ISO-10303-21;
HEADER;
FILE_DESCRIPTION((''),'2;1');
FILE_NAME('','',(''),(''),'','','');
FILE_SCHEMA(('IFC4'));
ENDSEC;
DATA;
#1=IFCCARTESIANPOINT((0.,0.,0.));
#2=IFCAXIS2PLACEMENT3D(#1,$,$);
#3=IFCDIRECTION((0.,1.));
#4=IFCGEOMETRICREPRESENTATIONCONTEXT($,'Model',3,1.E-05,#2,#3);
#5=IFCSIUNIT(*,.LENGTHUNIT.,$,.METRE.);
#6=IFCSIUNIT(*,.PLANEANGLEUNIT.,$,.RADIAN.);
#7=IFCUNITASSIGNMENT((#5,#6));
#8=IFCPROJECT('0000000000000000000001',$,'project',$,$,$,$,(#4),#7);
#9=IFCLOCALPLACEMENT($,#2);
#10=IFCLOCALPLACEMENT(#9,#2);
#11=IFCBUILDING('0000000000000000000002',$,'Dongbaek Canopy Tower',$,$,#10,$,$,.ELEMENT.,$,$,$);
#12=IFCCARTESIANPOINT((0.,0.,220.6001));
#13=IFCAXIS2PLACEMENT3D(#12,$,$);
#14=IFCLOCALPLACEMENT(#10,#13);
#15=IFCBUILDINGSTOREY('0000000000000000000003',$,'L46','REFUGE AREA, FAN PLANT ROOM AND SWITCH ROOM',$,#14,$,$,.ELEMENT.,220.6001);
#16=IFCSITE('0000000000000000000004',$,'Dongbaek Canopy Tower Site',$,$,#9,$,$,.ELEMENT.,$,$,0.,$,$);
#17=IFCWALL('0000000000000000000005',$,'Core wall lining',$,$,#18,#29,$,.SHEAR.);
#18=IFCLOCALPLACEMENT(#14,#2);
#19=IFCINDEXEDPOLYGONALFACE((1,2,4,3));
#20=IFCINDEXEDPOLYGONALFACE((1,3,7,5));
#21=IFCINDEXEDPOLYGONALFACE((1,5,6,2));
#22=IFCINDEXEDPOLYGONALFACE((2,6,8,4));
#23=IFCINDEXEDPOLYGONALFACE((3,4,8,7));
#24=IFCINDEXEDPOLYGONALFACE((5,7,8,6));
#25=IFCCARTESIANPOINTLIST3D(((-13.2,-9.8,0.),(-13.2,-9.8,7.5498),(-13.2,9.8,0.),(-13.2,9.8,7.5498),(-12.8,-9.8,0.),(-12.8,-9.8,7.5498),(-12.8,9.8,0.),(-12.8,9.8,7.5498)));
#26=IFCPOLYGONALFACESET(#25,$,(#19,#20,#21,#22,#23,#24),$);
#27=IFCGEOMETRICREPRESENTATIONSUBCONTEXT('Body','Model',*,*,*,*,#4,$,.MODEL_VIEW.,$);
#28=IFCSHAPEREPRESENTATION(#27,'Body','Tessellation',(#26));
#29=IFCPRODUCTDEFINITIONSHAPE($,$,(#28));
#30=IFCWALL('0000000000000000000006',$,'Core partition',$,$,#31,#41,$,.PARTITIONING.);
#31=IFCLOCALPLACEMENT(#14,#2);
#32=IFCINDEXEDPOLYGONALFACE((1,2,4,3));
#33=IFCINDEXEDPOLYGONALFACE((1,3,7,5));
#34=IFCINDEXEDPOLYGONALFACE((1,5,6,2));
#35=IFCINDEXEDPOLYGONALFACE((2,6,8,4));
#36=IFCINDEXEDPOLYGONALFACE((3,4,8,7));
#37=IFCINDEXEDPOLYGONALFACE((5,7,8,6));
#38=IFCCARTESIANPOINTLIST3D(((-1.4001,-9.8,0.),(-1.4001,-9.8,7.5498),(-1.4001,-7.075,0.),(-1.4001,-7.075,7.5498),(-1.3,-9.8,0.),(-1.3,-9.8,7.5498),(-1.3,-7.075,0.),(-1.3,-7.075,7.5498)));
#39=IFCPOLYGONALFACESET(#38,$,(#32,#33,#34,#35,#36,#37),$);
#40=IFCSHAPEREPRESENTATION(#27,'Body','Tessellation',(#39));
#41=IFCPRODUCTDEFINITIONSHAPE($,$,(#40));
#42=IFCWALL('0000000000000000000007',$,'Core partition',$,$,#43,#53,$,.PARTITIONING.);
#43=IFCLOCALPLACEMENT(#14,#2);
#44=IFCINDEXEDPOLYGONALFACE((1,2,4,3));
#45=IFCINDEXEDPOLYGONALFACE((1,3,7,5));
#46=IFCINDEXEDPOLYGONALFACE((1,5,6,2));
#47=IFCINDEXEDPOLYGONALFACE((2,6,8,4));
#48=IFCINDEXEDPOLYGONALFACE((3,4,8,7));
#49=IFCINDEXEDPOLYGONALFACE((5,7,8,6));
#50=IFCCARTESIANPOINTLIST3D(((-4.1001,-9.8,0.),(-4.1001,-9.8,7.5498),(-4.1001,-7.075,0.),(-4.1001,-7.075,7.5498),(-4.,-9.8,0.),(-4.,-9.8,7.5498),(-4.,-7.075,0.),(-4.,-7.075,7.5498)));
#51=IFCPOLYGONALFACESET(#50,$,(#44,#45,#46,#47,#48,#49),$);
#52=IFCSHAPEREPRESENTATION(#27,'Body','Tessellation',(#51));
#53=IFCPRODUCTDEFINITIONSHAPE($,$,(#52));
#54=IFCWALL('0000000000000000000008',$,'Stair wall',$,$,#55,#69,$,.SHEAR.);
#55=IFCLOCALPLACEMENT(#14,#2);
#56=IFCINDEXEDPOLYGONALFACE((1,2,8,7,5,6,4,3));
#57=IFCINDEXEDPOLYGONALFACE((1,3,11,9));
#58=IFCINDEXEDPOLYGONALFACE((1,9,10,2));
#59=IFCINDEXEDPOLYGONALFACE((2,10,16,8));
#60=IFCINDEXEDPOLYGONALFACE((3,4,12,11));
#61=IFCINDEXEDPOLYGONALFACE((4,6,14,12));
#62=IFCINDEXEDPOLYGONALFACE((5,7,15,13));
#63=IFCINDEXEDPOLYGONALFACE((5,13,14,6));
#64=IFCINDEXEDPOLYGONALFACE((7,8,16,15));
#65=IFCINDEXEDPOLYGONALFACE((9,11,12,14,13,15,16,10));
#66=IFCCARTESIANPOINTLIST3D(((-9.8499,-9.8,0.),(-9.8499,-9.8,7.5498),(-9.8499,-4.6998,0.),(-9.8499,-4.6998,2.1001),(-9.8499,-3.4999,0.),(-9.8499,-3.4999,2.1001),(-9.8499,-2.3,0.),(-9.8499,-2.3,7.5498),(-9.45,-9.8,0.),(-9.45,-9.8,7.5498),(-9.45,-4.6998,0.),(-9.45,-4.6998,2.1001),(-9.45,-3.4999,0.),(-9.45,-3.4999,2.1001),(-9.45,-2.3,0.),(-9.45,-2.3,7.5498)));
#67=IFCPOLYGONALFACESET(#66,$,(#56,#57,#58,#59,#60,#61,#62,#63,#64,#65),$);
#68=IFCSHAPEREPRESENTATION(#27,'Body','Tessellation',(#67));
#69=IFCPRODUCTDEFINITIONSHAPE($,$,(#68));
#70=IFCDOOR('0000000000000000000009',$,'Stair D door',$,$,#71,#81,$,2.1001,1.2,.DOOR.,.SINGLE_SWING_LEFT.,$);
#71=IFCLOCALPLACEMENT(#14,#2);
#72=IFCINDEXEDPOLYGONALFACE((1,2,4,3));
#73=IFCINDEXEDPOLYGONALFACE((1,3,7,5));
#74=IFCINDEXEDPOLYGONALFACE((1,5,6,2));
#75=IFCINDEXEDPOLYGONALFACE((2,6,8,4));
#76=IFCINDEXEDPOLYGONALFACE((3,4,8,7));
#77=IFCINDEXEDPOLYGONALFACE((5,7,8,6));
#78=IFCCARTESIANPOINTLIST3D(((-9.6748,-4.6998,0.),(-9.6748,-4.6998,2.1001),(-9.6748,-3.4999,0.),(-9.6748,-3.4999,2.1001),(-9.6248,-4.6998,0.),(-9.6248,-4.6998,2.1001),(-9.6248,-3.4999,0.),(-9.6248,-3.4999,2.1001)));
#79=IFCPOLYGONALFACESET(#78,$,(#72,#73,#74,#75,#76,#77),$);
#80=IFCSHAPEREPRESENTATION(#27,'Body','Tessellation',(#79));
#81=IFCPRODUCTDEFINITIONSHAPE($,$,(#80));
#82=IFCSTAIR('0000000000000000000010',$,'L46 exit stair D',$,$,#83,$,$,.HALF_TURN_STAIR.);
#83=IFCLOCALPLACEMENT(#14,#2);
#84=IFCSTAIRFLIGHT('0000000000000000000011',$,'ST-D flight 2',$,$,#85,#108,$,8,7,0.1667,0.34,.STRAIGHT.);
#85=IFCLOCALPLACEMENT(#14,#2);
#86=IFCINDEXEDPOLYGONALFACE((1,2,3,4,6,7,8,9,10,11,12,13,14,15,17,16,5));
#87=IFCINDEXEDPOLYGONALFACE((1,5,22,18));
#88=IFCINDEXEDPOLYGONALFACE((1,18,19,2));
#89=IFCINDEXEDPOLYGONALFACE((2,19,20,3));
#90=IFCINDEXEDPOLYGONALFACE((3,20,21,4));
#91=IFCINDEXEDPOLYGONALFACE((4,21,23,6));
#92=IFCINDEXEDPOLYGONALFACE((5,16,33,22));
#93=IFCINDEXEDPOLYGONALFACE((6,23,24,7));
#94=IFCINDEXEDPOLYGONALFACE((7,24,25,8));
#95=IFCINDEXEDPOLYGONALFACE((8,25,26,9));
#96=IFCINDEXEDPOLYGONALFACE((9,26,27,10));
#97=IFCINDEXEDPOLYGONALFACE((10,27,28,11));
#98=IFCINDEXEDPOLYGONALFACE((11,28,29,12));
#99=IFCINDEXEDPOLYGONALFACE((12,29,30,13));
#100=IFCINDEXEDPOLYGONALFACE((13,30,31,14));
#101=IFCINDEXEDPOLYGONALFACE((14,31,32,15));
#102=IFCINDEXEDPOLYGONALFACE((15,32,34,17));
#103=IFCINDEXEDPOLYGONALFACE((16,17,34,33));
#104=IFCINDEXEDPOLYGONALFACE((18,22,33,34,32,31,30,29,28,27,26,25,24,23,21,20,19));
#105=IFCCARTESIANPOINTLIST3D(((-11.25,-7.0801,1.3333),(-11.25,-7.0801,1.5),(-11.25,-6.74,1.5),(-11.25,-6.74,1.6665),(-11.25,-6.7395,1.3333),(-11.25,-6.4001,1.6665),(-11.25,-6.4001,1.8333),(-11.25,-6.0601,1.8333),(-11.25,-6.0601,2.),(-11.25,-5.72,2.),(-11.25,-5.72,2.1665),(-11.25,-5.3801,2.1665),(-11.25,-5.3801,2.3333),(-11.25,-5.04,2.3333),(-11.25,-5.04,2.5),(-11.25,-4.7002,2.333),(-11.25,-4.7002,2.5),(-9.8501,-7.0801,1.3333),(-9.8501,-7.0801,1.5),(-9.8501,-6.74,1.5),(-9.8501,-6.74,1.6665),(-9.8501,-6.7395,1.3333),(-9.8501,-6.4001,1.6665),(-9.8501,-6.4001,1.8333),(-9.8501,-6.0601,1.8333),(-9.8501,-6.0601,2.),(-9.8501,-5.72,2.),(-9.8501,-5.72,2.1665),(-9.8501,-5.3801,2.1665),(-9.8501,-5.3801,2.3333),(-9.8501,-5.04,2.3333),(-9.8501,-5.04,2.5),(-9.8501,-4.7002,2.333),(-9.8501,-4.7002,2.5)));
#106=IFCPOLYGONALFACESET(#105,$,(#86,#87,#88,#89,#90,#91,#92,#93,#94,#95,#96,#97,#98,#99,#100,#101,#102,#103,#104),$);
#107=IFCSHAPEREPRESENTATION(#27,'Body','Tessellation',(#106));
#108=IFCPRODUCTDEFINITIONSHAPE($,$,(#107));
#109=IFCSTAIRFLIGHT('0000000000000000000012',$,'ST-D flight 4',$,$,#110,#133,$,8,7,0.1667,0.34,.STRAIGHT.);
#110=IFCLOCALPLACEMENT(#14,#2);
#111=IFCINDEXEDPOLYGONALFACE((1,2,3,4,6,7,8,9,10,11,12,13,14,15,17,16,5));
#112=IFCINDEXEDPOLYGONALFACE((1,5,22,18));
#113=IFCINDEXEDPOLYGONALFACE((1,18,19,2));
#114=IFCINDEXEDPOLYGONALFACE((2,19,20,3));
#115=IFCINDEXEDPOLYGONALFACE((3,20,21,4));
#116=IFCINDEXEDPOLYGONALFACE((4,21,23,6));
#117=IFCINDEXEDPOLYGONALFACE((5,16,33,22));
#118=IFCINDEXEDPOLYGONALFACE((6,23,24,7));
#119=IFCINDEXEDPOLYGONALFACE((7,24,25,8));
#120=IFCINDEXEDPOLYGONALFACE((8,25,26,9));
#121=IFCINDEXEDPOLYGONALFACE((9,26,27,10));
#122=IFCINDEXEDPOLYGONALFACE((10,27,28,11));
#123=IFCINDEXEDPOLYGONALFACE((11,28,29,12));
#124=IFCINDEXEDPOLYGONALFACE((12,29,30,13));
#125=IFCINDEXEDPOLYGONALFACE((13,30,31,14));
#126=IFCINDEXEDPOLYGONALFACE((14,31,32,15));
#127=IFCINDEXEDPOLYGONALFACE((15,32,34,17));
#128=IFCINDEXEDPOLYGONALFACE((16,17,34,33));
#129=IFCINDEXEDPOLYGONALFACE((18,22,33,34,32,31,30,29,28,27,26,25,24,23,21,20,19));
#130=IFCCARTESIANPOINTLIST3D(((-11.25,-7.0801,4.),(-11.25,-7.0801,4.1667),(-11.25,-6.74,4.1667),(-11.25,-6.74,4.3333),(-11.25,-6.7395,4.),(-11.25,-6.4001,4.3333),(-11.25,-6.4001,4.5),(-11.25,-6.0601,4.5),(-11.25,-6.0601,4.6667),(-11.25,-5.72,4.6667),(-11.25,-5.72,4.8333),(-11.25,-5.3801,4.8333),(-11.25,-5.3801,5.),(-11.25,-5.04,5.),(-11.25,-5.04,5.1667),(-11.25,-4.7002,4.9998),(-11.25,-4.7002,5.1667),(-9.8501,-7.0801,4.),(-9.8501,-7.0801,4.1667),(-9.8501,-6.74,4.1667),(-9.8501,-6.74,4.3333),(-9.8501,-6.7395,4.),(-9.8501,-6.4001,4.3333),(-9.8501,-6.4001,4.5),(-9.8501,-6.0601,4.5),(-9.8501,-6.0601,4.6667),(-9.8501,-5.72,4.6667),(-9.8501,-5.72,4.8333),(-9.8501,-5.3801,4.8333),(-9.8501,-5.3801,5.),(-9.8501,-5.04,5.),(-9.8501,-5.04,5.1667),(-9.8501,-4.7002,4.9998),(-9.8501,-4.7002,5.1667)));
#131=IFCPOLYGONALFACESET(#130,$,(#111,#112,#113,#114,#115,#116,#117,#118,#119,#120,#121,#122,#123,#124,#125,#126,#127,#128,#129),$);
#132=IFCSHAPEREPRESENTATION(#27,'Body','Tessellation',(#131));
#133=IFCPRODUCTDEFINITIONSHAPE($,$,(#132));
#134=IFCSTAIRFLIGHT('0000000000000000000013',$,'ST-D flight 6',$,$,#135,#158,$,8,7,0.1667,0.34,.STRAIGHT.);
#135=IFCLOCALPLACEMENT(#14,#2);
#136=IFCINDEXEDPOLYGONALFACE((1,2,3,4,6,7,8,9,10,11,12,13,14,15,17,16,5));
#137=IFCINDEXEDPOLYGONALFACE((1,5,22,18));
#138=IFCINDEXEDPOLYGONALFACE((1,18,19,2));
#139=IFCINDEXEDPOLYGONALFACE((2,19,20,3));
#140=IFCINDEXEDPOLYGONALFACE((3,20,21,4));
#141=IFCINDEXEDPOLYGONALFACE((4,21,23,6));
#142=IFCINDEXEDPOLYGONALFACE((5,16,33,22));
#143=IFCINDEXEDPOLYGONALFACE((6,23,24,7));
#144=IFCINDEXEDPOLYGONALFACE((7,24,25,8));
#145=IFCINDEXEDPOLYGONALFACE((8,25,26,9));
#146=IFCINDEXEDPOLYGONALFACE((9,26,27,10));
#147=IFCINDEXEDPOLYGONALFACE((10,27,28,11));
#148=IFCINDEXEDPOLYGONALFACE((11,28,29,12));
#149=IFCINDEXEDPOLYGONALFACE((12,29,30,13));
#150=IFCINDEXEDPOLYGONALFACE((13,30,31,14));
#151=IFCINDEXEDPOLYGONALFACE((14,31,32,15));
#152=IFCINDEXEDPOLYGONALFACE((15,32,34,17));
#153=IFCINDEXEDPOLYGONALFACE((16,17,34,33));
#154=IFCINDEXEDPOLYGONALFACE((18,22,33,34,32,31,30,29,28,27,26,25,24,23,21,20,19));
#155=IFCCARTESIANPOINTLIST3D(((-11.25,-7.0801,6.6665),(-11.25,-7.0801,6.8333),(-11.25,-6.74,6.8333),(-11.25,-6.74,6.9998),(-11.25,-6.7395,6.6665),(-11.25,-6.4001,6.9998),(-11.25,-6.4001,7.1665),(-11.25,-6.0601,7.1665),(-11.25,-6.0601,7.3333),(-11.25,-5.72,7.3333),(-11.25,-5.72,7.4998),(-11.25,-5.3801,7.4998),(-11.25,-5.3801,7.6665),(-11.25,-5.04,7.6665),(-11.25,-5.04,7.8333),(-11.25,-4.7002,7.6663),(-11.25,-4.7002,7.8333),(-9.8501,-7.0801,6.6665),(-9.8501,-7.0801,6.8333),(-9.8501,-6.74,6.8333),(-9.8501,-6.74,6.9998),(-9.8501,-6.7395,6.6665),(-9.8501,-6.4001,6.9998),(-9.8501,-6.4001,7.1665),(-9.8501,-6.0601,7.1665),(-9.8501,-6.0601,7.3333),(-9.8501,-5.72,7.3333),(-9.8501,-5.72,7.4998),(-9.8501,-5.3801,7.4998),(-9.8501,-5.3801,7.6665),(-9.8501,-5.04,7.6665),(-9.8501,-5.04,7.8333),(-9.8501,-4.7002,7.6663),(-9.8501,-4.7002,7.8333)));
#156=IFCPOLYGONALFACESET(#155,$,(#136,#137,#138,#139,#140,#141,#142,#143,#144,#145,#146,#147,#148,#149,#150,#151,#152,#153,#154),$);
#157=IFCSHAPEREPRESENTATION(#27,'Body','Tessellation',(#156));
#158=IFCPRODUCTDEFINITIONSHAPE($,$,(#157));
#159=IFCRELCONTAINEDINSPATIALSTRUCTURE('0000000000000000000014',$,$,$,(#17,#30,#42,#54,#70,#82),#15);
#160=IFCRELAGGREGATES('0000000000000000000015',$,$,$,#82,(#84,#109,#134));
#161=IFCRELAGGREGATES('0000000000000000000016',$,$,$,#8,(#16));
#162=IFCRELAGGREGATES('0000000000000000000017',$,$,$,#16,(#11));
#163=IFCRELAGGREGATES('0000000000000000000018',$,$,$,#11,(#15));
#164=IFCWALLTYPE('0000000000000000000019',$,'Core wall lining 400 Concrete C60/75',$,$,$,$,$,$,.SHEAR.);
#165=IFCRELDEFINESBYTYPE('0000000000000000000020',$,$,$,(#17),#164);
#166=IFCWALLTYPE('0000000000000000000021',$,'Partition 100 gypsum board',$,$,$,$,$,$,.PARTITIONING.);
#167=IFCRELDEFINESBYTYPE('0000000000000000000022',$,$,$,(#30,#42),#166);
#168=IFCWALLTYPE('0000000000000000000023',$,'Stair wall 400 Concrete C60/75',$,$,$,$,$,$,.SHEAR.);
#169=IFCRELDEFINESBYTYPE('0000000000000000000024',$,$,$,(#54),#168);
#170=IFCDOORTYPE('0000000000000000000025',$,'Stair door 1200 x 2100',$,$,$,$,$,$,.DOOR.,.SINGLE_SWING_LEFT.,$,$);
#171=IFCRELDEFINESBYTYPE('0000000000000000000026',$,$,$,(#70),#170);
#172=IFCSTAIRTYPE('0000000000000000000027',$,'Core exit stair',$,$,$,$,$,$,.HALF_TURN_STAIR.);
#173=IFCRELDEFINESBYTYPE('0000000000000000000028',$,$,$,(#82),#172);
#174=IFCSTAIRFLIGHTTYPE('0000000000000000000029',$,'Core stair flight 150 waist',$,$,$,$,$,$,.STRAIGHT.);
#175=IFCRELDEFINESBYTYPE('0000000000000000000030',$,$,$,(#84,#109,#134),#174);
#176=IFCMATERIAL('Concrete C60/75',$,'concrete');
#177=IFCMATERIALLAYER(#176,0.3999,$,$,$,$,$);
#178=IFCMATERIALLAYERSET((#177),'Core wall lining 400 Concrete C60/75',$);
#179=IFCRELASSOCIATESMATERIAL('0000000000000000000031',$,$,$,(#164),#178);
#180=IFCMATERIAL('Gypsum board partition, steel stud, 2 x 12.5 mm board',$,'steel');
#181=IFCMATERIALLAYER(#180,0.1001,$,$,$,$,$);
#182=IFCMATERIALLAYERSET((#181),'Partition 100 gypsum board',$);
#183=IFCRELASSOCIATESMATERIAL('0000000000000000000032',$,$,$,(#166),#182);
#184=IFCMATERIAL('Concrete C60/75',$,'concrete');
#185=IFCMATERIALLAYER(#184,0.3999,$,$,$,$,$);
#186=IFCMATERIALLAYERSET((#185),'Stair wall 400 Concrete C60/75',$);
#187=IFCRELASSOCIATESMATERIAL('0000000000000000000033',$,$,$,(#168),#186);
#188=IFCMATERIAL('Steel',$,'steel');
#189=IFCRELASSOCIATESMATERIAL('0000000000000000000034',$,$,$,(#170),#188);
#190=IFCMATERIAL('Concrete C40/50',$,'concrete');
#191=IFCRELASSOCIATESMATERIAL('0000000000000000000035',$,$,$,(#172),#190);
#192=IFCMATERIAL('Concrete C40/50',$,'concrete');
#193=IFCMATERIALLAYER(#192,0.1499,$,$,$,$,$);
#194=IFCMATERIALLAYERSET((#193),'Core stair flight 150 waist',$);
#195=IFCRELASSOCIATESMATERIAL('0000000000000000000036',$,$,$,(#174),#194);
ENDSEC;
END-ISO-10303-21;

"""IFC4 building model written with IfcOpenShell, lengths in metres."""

from ifc_helpers import new_model, si_unit, direction, frame, frame_2d, origin, place, context, subcontext, project, spatial, polyline, rectangle, outline, extrude, material, layer, layer_set, type_object, element, fill, aggregate, save


model = new_model("IFC4")

# Units and contexts
model_context = context("Model", 3, precision=1e-05, world=origin(), true_north=direction((0.0, 1.0)))
body_context = subcontext(model_context, "Body", "Model", "MODEL_VIEW")
ifc_project = project(units=[si_unit("LENGTHUNIT", "METRE"), si_unit("PLANEANGLEUNIT", "RADIAN")], contexts=[model_context])

# Site, building, storey
site_placement = place(None, origin())
site = spatial("IfcSite", under=ifc_project, at=site_placement, Name="Dongbaek Canopy Tower Site", CompositionType="ELEMENT", RefElevation=0.0)
building_placement = place(site_placement, origin())
building = spatial("IfcBuilding", under=site, at=building_placement, Name="Dongbaek Canopy Tower", CompositionType="ELEMENT")
storey_placement = place(building_placement, frame((0.0, 0.0, 220.6001)))
storey = spatial("IfcBuildingStorey", under=building, at=storey_placement, Name="L46", Description="REFUGE AREA, FAN PLANT ROOM AND SWITCH ROOM", CompositionType="ELEMENT", Elevation=220.6001)

# Walls
ifc_material_1 = material(Name="Concrete C60/75", Category="concrete")
ifc_layer_1 = layer(ifc_material_1, 0.3999)
ifc_layer_set_1 = layer_set([ifc_layer_1], Name="Core wall lining 400 Concrete C60/75")
wall_type_1 = type_object("IfcWallType", Name="Core wall lining 400 Concrete C60/75", PredefinedType="SHEAR", material=ifc_layer_set_1)
wall_1_placement = place(storey_placement, frame((-13.0, -9.8, 0.0), z_axis=(0.0, 0.0, 1.0), x_axis=(0.0, 1.0, 0.0)))
element("IfcWall", 1, at=wall_1_placement, inside=storey, type_object=wall_type_1, Name="Core wall lining", PredefinedType="SHEAR", context=body_context, shape_type="SweptSolid", body=[
    extrude(rectangle(XDim=19.6001, YDim=0.3999, at=frame_2d((9.8, 0.0))), origin(), (0.0, 0.0, 1.0), 7.5498),
])
ifc_material_2 = material(Name="Gypsum board partition, steel stud, 2 x 12.5 mm board", Category="steel")
ifc_layer_2 = layer(ifc_material_2, 0.1001)
ifc_layer_set_2 = layer_set([ifc_layer_2], Name="Partition 100 gypsum board")
wall_type_2 = type_object("IfcWallType", Name="Partition 100 gypsum board", PredefinedType="PARTITIONING", material=ifc_layer_set_2)
for number, where, z_axis, x_axis, name in (
    (2, (-1.3501, -9.8, 0.0), (0.0, 0.0, 1.0), (0.0, 1.0, 0.0), "Core partition"),
    (3, (-4.05, -9.8, 0.0), (0.0, 0.0, 1.0), (0.0, 1.0, 0.0), "Core partition"),
):
    element("IfcWall", number, at=place(storey_placement, frame(where, z_axis=z_axis, x_axis=x_axis)), inside=storey, type_object=wall_type_2, Name=name, PredefinedType="PARTITIONING", context=body_context, shape_type="SweptSolid", body=[
        extrude(rectangle(XDim=2.7251, YDim=0.1001, at=frame_2d((1.3625, 0.0))), origin(), (0.0, 0.0, 1.0), 7.5498),
    ])

# Wall, opening, door
ifc_material_3 = material(Name="Concrete C60/75", Category="concrete")
ifc_layer_3 = layer(ifc_material_3, 0.3999)
ifc_layer_set_3 = layer_set([ifc_layer_3], Name="Stair wall 400 Concrete C60/75")
wall_type_3 = type_object("IfcWallType", Name="Stair wall 400 Concrete C60/75", PredefinedType="SHEAR", material=ifc_layer_set_3)
wall_2_placement = place(storey_placement, frame((-9.6499, -9.8, 0.0), z_axis=(0.0, 0.0, 1.0), x_axis=(0.0, 1.0, 0.0)))
wall_2 = element("IfcWall", 4, at=wall_2_placement, inside=storey, type_object=wall_type_3, Name="Stair wall", PredefinedType="SHEAR", context=body_context, shape_type="SweptSolid", body=[
    extrude(rectangle(XDim=7.5, YDim=0.3999, at=frame_2d((3.75, 0.0))), origin(), (0.0, 0.0, 1.0), 7.5498),
])
opening_placement = place(wall_2_placement, frame((5.1001, 0.0, 0.0)))
opening = element("IfcOpeningElement", 5, at=opening_placement, cuts=wall_2, PredefinedType="OPENING", context=body_context, shape_type="SweptSolid", body=[
    extrude(rectangle(XDim=1.2, YDim=2.1001, at=frame_2d((0.6001, 1.05))), frame((0.0, 0.21, 0.0), z_axis=(0.0, -1.0, 0.0), x_axis=(1.0, 0.0, 0.0)), (0.0, 0.0, 1.0), 0.4199),
])
ifc_material_4 = material(Name="Steel", Category="steel")
door_type = type_object("IfcDoorType", Name="Stair door 1200 x 2100", OperationType="SINGLE_SWING_LEFT", PredefinedType="DOOR", material=ifc_material_4)
door_placement = place(opening_placement, origin())
door = element("IfcDoor", 6, at=door_placement, inside=storey, type_object=door_type, Name="Stair D door", OperationType="SINGLE_SWING_LEFT", OverallHeight=2.1001, OverallWidth=1.2, PredefinedType="DOOR", context=body_context, shape_type="SweptSolid", body=[
    extrude(rectangle(XDim=1.2, YDim=2.1001, at=frame_2d((0.6001, 1.05))), frame((0.0, 0.0249, 0.0), z_axis=(0.0, -1.0, 0.0), x_axis=(1.0, 0.0, 0.0)), (0.0, 0.0, 1.0), 0.05),
])
fill(opening, door)

# Stair, stair flights
ifc_material_5 = material(Name="Concrete C40/50", Category="concrete")
stair_type = type_object("IfcStairType", Name="Core exit stair", PredefinedType="HALF_TURN_STAIR", material=ifc_material_5)
stair_placement = place(storey_placement, origin())
stair = element("IfcStair", 7, at=stair_placement, inside=storey, type_object=stair_type, Name="L46 exit stair D", PredefinedType="HALF_TURN_STAIR")
ifc_material_6 = material(Name="Concrete C40/50", Category="concrete")
ifc_layer_4 = layer(ifc_material_6, 0.1499)
ifc_layer_set_4 = layer_set([ifc_layer_4], Name="Core stair flight 150 waist")
stair_flight_type = type_object("IfcStairFlightType", Name="Core stair flight 150 waist", PredefinedType="STRAIGHT", material=ifc_layer_set_4)
stair_flight_1_placement = place(storey_placement, frame((-10.55, -7.0801, 1.3333), z_axis=(0.0, 0.0, 1.0), x_axis=(0.0, 1.0, 0.0)))
stair_flight_1 = element("IfcStairFlight", 8, at=stair_flight_1_placement, type_object=stair_flight_type, Name="ST-D flight 2", NumberOfRisers=8, NumberOfTreads=7, PredefinedType="STRAIGHT", RiserHeight=0.1667, TreadLength=0.34, context=body_context, shape_type="SweptSolid", body=[
    extrude(outline(polyline([(0.0, 0.0), (0.0, 0.1667), (0.3401, 0.1667), (0.3401, 0.3333), (0.6799, 0.3333), (0.6799, 0.5), (1.02, 0.5), (1.02, 0.6667), (1.3601, 0.6667), (1.3601, 0.8333), (1.7, 0.8333), (1.7, 1.0), (2.04, 1.0), (2.04, 1.1667), (2.3799, 1.1667), (2.3799, 1.3333), (2.3799, 0.9998), (0.3406, 0.0), (0.0, 0.0)])), frame((0.0, 0.7, 0.0), z_axis=(0.0, -1.0, 0.0), x_axis=(1.0, 0.0, 0.0)), (0.0, 0.0, 1.0), 1.3999),
])
stair_flight_2_placement = place(storey_placement, frame((-10.55, -7.0801, 4.0), z_axis=(0.0, 0.0, 1.0), x_axis=(0.0, 1.0, 0.0)))
stair_flight_2 = element("IfcStairFlight", 9, at=stair_flight_2_placement, type_object=stair_flight_type, Name="ST-D flight 4", NumberOfRisers=8, NumberOfTreads=7, PredefinedType="STRAIGHT", RiserHeight=0.1667, TreadLength=0.34, context=body_context, shape_type="SweptSolid", body=[
    extrude(outline(polyline([(0.0, 0.0), (0.0, 0.1667), (0.3401, 0.1667), (0.3401, 0.3333), (0.6799, 0.3333), (0.6799, 0.5), (1.02, 0.5), (1.02, 0.6667), (1.3601, 0.6667), (1.3601, 0.8333), (1.7, 0.8333), (1.7, 1.0), (2.04, 1.0), (2.04, 1.1667), (2.3799, 1.1667), (2.3799, 1.3333), (2.3799, 0.9998), (0.3406, 0.0), (0.0, 0.0)])), frame((0.0, 0.7, 0.0), z_axis=(0.0, -1.0, 0.0), x_axis=(1.0, 0.0, 0.0)), (0.0, 0.0, 1.0), 1.3999),
])
stair_flight_3_placement = place(storey_placement, frame((-10.55, -7.0801, 6.6665), z_axis=(0.0, 0.0, 1.0), x_axis=(0.0, 1.0, 0.0)))
stair_flight_3 = element("IfcStairFlight", 10, at=stair_flight_3_placement, type_object=stair_flight_type, Name="ST-D flight 6", NumberOfRisers=8, NumberOfTreads=7, PredefinedType="STRAIGHT", RiserHeight=0.1667, TreadLength=0.34, context=body_context, shape_type="SweptSolid", body=[
    extrude(outline(polyline([(0.0, 0.0), (0.0, 0.1667), (0.3401, 0.1667), (0.3401, 0.3333), (0.6799, 0.3333), (0.6799, 0.5), (1.02, 0.5), (1.02, 0.6667), (1.3601, 0.6667), (1.3601, 0.8333), (1.7, 0.8333), (1.7, 1.0), (2.04, 1.0), (2.04, 1.1667), (2.3799, 1.1667), (2.3799, 1.3333), (2.3799, 0.9998), (0.3406, 0.0), (0.0, 0.0)])), frame((0.0, 0.7, 0.0), z_axis=(0.0, -1.0, 0.0), x_axis=(1.0, 0.0, 0.0)), (0.0, 0.0, 1.0), 1.3999),
])
aggregate(stair, [stair_flight_1, stair_flight_2, stair_flight_3])

save(model, "model.ifc")
